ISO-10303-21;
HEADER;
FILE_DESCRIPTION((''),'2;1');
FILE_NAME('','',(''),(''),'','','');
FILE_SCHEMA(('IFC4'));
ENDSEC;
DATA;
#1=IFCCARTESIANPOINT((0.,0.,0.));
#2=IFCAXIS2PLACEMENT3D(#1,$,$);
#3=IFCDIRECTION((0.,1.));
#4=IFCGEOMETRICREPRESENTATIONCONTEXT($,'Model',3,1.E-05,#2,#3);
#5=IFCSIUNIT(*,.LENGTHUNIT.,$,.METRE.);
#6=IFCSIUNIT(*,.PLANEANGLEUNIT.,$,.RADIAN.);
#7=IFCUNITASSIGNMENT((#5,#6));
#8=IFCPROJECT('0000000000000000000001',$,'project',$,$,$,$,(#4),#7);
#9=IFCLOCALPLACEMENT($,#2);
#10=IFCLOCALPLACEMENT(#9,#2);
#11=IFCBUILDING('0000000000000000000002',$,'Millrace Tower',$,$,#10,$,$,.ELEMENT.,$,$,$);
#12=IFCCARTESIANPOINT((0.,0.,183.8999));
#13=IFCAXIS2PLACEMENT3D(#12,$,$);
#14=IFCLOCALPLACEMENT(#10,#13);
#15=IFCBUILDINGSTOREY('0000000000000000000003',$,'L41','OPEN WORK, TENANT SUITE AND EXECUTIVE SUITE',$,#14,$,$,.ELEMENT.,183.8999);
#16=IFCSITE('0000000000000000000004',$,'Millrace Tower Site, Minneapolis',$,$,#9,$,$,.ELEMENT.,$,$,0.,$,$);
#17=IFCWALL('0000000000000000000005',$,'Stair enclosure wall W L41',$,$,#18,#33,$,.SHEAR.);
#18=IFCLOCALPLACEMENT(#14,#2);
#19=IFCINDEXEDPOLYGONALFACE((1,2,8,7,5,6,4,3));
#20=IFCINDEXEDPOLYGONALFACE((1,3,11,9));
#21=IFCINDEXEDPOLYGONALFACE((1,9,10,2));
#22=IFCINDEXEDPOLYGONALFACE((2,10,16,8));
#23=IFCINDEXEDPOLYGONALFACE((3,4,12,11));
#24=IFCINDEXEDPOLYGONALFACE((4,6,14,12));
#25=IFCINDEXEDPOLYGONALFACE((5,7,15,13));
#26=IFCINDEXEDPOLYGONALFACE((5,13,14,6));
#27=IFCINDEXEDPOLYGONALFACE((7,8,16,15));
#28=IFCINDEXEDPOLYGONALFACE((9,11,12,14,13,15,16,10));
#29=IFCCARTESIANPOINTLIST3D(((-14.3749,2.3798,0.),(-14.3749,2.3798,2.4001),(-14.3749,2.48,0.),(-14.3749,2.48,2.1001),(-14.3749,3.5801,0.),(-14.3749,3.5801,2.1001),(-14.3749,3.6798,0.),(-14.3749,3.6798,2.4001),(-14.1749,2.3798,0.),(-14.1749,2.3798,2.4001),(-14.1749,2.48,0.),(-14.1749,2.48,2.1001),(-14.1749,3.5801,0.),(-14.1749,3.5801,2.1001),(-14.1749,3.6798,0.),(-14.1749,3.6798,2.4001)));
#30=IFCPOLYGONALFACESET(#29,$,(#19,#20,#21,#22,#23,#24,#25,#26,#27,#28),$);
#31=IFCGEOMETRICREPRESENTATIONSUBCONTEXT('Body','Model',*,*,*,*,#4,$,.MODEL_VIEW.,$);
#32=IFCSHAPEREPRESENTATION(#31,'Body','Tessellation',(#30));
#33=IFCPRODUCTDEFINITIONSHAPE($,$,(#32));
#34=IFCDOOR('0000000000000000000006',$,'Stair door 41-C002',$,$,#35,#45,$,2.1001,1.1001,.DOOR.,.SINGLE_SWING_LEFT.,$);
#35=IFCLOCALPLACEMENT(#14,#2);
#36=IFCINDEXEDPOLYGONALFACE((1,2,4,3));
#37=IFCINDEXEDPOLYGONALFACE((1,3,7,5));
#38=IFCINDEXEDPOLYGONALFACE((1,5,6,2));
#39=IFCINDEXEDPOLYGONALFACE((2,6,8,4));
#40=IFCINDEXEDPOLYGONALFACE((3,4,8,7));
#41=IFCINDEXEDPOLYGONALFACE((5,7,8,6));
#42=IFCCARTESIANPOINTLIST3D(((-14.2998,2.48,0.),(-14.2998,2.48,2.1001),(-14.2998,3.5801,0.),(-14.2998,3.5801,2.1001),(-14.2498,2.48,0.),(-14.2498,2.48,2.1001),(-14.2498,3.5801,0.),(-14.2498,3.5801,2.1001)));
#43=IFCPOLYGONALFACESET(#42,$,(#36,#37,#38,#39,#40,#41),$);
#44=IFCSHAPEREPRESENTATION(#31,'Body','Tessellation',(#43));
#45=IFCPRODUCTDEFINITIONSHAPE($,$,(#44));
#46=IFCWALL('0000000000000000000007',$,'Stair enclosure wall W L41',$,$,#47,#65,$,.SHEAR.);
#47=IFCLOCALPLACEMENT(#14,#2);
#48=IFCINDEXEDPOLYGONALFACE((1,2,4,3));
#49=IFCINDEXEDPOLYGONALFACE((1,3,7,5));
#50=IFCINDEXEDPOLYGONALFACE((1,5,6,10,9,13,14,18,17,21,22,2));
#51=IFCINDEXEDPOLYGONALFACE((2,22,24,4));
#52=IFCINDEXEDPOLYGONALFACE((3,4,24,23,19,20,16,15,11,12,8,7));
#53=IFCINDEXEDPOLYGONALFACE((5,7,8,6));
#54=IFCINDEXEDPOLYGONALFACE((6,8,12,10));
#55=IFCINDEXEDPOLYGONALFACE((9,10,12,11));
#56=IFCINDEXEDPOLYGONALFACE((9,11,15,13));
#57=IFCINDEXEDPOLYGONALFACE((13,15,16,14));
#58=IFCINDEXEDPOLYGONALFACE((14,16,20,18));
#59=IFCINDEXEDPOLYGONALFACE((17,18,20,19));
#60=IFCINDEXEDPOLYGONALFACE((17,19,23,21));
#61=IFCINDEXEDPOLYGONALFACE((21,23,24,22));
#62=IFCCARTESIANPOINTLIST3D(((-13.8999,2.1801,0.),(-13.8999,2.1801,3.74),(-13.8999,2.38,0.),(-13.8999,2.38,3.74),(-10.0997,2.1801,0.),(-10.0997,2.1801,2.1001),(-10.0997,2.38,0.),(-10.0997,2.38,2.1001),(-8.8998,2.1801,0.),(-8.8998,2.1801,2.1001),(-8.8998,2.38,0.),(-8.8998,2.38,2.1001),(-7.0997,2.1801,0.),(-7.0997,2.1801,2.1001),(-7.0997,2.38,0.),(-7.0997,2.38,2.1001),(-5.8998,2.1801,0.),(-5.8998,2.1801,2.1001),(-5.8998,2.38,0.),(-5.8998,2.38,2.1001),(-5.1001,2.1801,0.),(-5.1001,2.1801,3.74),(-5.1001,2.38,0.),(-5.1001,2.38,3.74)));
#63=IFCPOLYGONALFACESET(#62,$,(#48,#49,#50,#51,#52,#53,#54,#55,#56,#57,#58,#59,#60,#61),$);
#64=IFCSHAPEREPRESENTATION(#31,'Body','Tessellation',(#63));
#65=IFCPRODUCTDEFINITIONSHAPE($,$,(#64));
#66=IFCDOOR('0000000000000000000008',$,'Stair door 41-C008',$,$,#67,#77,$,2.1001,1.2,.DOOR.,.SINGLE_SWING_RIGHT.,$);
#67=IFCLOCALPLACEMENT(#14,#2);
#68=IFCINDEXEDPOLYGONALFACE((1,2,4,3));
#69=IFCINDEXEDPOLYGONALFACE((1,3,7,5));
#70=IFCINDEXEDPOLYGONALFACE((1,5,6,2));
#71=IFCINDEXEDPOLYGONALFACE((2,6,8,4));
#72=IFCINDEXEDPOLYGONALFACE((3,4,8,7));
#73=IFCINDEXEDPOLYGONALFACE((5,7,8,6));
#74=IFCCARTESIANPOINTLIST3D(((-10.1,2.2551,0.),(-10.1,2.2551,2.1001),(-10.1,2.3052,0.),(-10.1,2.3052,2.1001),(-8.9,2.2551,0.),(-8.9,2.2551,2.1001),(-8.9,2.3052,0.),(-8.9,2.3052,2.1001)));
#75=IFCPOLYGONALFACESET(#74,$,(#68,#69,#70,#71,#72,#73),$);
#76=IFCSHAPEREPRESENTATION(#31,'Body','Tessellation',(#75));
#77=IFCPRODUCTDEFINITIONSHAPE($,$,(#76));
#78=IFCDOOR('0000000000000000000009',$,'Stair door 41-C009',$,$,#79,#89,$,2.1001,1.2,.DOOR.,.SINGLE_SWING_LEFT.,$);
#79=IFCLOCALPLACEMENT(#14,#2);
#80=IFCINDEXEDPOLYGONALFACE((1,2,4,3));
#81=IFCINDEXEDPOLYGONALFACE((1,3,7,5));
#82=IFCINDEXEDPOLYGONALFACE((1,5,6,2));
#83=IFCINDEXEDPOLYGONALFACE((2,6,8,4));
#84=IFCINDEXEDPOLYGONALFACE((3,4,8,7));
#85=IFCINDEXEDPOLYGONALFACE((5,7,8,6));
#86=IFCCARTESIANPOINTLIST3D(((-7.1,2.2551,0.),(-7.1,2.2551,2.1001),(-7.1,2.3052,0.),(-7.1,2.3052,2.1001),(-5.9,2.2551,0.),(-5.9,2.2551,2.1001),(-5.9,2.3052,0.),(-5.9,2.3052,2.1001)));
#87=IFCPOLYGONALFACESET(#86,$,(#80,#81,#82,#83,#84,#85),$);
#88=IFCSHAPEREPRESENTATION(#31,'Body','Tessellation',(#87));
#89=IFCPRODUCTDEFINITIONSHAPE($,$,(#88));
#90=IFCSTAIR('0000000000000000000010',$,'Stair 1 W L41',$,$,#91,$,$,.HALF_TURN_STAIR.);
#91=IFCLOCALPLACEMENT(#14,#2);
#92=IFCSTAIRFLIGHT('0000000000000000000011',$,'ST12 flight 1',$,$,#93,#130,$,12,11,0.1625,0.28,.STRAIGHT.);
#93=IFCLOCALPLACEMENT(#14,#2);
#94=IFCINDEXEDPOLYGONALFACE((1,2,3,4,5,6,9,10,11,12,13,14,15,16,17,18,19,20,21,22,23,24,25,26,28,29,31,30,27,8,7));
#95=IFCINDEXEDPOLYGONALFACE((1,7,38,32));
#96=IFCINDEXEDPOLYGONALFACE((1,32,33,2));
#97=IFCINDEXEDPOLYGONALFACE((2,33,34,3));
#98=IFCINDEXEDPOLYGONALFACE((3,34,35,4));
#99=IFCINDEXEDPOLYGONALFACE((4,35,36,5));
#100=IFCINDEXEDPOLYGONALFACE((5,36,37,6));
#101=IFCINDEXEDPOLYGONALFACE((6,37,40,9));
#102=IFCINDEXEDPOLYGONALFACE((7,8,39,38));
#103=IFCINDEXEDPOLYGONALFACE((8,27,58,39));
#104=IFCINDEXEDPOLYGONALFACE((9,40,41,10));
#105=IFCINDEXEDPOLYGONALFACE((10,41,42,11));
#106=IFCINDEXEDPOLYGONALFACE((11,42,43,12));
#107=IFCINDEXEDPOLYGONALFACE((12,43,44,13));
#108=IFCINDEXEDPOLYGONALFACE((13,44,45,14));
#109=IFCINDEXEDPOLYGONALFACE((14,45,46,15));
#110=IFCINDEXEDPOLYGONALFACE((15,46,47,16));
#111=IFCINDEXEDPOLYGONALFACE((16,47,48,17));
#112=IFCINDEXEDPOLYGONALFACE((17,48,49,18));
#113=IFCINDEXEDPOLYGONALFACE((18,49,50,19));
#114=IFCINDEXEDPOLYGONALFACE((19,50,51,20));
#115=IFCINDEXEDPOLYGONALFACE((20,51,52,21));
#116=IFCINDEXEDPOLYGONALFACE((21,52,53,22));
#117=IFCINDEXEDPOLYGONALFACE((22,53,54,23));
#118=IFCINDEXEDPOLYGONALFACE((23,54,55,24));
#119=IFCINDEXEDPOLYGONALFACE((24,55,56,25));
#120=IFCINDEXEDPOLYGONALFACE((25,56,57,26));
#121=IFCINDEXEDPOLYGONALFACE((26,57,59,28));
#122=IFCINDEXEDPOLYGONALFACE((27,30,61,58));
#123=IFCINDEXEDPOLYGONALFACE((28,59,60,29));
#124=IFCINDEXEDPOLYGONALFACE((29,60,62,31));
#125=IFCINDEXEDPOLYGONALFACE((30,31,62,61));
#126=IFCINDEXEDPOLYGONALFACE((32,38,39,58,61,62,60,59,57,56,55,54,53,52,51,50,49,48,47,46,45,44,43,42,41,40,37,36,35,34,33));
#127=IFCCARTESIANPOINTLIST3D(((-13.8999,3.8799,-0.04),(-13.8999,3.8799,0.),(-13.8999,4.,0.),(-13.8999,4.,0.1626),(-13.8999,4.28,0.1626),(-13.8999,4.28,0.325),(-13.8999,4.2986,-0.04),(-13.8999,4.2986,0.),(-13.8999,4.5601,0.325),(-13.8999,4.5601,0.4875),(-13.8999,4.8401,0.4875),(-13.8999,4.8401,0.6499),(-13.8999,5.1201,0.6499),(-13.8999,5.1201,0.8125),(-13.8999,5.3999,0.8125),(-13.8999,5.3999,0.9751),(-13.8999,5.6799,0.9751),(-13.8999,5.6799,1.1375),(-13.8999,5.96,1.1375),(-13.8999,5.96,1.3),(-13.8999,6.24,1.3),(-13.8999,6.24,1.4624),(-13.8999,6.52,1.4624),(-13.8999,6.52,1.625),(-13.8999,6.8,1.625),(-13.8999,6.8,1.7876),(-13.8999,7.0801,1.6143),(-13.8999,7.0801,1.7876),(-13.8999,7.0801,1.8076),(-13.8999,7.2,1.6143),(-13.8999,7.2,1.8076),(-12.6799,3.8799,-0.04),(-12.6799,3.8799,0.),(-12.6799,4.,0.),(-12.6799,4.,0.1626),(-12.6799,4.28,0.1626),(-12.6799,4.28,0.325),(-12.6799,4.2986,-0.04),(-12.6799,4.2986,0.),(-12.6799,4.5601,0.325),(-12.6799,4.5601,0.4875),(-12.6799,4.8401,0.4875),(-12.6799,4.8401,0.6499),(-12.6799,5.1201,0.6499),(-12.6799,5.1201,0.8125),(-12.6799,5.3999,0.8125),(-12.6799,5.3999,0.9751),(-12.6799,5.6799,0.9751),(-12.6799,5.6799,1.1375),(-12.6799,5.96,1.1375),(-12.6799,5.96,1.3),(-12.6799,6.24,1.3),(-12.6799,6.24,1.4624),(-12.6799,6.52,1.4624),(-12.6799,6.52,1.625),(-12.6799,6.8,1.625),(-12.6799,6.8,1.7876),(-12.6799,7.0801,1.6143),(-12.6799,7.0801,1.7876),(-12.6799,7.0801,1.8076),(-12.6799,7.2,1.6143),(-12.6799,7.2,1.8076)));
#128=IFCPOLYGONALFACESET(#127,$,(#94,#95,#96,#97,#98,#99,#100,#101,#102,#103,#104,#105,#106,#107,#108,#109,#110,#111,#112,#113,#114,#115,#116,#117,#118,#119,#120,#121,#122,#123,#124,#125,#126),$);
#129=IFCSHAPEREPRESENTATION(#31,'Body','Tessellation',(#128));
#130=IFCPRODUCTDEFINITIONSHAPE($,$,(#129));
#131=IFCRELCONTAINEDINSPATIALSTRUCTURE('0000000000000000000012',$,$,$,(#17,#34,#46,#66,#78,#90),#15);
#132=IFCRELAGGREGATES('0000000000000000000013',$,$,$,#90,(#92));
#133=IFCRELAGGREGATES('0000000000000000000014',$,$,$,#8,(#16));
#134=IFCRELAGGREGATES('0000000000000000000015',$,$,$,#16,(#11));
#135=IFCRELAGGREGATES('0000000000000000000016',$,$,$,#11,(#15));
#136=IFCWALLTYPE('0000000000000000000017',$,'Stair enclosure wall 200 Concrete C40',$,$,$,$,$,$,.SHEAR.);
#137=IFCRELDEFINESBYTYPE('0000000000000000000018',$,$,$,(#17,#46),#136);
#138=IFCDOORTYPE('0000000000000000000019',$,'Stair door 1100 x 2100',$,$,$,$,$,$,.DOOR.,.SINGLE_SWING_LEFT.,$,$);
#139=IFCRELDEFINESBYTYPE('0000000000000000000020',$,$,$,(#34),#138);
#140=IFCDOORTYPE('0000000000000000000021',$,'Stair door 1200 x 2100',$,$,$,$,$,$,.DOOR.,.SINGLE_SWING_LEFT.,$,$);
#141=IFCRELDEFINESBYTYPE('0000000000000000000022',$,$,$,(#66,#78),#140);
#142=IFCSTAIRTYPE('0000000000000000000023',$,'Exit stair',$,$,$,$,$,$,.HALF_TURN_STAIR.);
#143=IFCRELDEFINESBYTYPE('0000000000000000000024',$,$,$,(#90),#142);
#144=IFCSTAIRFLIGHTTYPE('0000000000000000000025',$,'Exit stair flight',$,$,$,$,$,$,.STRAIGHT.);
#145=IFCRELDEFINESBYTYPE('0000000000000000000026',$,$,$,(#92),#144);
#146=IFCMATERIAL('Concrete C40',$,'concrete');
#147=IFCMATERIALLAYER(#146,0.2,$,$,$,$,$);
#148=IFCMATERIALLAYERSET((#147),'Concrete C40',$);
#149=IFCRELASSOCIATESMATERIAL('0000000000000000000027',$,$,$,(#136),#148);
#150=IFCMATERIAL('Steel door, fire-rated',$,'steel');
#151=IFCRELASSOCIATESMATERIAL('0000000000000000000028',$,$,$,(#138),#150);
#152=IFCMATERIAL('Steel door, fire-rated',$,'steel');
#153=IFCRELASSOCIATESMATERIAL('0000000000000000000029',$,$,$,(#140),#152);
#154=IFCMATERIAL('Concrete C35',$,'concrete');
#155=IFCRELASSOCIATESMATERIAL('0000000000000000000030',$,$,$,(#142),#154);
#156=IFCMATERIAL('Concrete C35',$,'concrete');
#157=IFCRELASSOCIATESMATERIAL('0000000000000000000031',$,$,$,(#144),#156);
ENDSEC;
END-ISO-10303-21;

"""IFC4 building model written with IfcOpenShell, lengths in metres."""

from ifc_helpers import new_model, si_unit, direction, frame, frame_2d, origin, place, context, subcontext, project, spatial, polyline, rectangle, outline, extrude, material, layer, layer_set, type_object, element, fill, aggregate, save


model = new_model("IFC4")

# Units and contexts
model_context = context("Model", 3, precision=1e-05, world=origin(), true_north=direction((0.0, 1.0)))
body_context = subcontext(model_context, "Body", "Model", "MODEL_VIEW")
ifc_project = project(units=[si_unit("LENGTHUNIT", "METRE"), si_unit("PLANEANGLEUNIT", "RADIAN")], contexts=[model_context])

# Site, building, storey
site_placement = place(None, origin())
site = spatial("IfcSite", under=ifc_project, at=site_placement, Name="Millrace Tower Site, Minneapolis", CompositionType="ELEMENT", RefElevation=0.0)
building_placement = place(site_placement, origin())
building = spatial("IfcBuilding", under=site, at=building_placement, Name="Millrace Tower", CompositionType="ELEMENT")
storey_placement = place(building_placement, frame((0.0, 0.0, 183.8999)))
storey = spatial("IfcBuildingStorey", under=building, at=storey_placement, Name="L41", Description="OPEN WORK, TENANT SUITE AND EXECUTIVE SUITE", CompositionType="ELEMENT", Elevation=183.8999)

# Shared definitions
placement = place(storey_placement, origin())

# Wall, opening, door
ifc_material_1 = material(Name="Concrete C40", Category="concrete")
ifc_layer_1 = layer(ifc_material_1, 0.2)
ifc_layer_set_1 = layer_set([ifc_layer_1], Name="Concrete C40")
wall_type_1 = type_object("IfcWallType", Name="Stair enclosure wall 200 Concrete C40", PredefinedType="SHEAR", material=ifc_layer_set_1)
wall_1_placement = place(storey_placement, frame((-14.2749, 2.3799, 0.0), z_axis=(0.0, 0.0, 1.0), x_axis=(0.0, 1.0, 0.0)))
wall_1 = element("IfcWall", 1, at=wall_1_placement, inside=storey, type_object=wall_type_1, Name="Stair enclosure wall W L41", PredefinedType="SHEAR", context=body_context, shape_type="SweptSolid", body=[
    extrude(rectangle(XDim=1.3, YDim=0.2, at=frame_2d((0.6499, 0.0))), origin(), (0.0, 0.0, 1.0), 2.4001),
])
opening_1_placement = place(wall_1_placement, frame((0.1001, 0.0, 0.0)))
opening_1 = element("IfcOpeningElement", 2, at=opening_1_placement, cuts=wall_1, PredefinedType="OPENING", context=body_context, shape_type="SweptSolid", body=[
    extrude(rectangle(XDim=1.1001, YDim=2.1001, at=frame_2d((0.55, 1.05))), frame((0.0, 0.1099, 0.0), z_axis=(0.0, -1.0, 0.0), x_axis=(1.0, 0.0, 0.0)), (0.0, 0.0, 1.0), 0.22),
])
ifc_material_2 = material(Name="Steel door, fire-rated", Category="steel")
door_type_1 = type_object("IfcDoorType", Name="Stair door 1100 x 2100", OperationType="SINGLE_SWING_LEFT", PredefinedType="DOOR", material=ifc_material_2)
door_1_placement = place(opening_1_placement, origin())
door_1 = element("IfcDoor", 3, at=door_1_placement, inside=storey, type_object=door_type_1, Name="Stair door 41-C002", OperationType="SINGLE_SWING_LEFT", OverallHeight=2.1001, OverallWidth=1.1001, PredefinedType="DOOR", context=body_context, shape_type="SweptSolid", body=[
    extrude(rectangle(XDim=1.1001, YDim=2.1001, at=frame_2d((0.55, 1.05))), frame((0.0, 0.0249, 0.0), z_axis=(0.0, -1.0, 0.0), x_axis=(1.0, 0.0, 0.0)), (0.0, 0.0, 1.0), 0.05),
])
fill(opening_1, door_1)

# Wall, openings, doors
wall_2_placement = place(storey_placement, frame((-13.8999, 2.28, 0.0), z_axis=(0.0, 0.0, 1.0), x_axis=(1.0, 0.0, 0.0)))
wall_2 = element("IfcWall", 4, at=wall_2_placement, inside=storey, type_object=wall_type_1, Name="Stair enclosure wall W L41", PredefinedType="SHEAR", context=body_context, shape_type="SweptSolid", body=[
    extrude(rectangle(XDim=8.7998, YDim=0.2, at=frame_2d((4.3999, 0.0))), origin(), (0.0, 0.0, 1.0), 3.74),
])
opening_2_placement = place(wall_2_placement, frame((3.8, 0.0, 0.0)))
opening_2 = element("IfcOpeningElement", 5, at=opening_2_placement, cuts=wall_2, PredefinedType="OPENING", context=body_context, shape_type="SweptSolid", body=[
    extrude(rectangle(XDim=1.2, YDim=2.1001, at=frame_2d((0.6001, 1.05))), frame((0.0, 0.1099, 0.0), z_axis=(0.0, -1.0, 0.0), x_axis=(1.0, 0.0, 0.0)), (0.0, 0.0, 1.0), 0.22),
])
opening_3_placement = place(wall_2_placement, frame((6.8, 0.0, 0.0)))
opening_3 = element("IfcOpeningElement", 6, at=opening_3_placement, cuts=wall_2, PredefinedType="OPENING", context=body_context, shape_type="SweptSolid", body=[
    extrude(rectangle(XDim=1.2, YDim=2.1001, at=frame_2d((0.6001, 1.05))), frame((0.0, 0.1099, 0.0), z_axis=(0.0, -1.0, 0.0), x_axis=(1.0, 0.0, 0.0)), (0.0, 0.0, 1.0), 0.22),
])
ifc_material_3 = material(Name="Steel door, fire-rated", Category="steel")
door_type_2 = type_object("IfcDoorType", Name="Stair door 1200 x 2100", OperationType="SINGLE_SWING_LEFT", PredefinedType="DOOR", material=ifc_material_3)
door_2_placement = place(opening_2_placement, frame((1.2, 0.0, 0.0), z_axis=(0.0, 0.0, 1.0), x_axis=(-1.0, 0.0, 0.0)))
door_2 = element("IfcDoor", 7, at=door_2_placement, inside=storey, type_object=door_type_2, Name="Stair door 41-C008", OperationType="SINGLE_SWING_RIGHT", OverallHeight=2.1001, OverallWidth=1.2, PredefinedType="DOOR", context=body_context, shape_type="SweptSolid", body=[
    extrude(rectangle(XDim=1.2, YDim=2.1001, at=frame_2d((0.6001, 1.05))), frame((0.0, 0.0249, 0.0), z_axis=(0.0, -1.0, 0.0), x_axis=(1.0, 0.0, 0.0)), (0.0, 0.0, 1.0), 0.05),
])
fill(opening_2, door_2)
door_3_placement = place(opening_3_placement, frame((1.2, 0.0, 0.0), z_axis=(0.0, 0.0, 1.0), x_axis=(-1.0, 0.0, 0.0)))
door_3 = element("IfcDoor", 8, at=door_3_placement, inside=storey, type_object=door_type_2, Name="Stair door 41-C009", OperationType="SINGLE_SWING_LEFT", OverallHeight=2.1001, OverallWidth=1.2, PredefinedType="DOOR", context=body_context, shape_type="SweptSolid", body=[
    extrude(rectangle(XDim=1.2, YDim=2.1001, at=frame_2d((0.6001, 1.05))), frame((0.0, 0.0249, 0.0), z_axis=(0.0, -1.0, 0.0), x_axis=(1.0, 0.0, 0.0)), (0.0, 0.0, 1.0), 0.05),
])
fill(opening_3, door_3)

# Stair, stair flight
ifc_material_4 = material(Name="Concrete C35", Category="concrete")
stair_type = type_object("IfcStairType", Name="Exit stair", PredefinedType="HALF_TURN_STAIR", material=ifc_material_4)
stair = element("IfcStair", 9, at=placement, inside=storey, type_object=stair_type, Name="Stair 1 W L41", PredefinedType="HALF_TURN_STAIR")
ifc_material_5 = material(Name="Concrete C35", Category="concrete")
stair_flight_type = type_object("IfcStairFlightType", Name="Exit stair flight", PredefinedType="STRAIGHT", material=ifc_material_5)
stair_flight_placement = place(storey_placement, frame((-13.29, 4.0, 0.0), z_axis=(0.0, 0.0, 1.0), x_axis=(0.0, 1.0, 0.0)))
stair_flight = element("IfcStairFlight", 10, at=stair_flight_placement, type_object=stair_flight_type, Name="ST12 flight 1", NumberOfRisers=12, NumberOfTreads=11, PredefinedType="STRAIGHT", RiserHeight=0.1625, TreadLength=0.28, context=body_context, shape_type="SweptSolid", body=[
    extrude(outline(polyline([(-0.1201, -0.04), (-0.1201, 0.0), (0.0, 0.0), (0.0, 0.1626), (0.28, 0.1626), (0.28, 0.325), (0.5601, 0.325), (0.5601, 0.4875), (0.8401, 0.4875), (0.8401, 0.6499), (1.1201, 0.6499), (1.1201, 0.8125), (1.3999, 0.8125), (1.3999, 0.9751), (1.6799, 0.9751), (1.6799, 1.1375), (1.96, 1.1375), (1.96, 1.3), (2.24, 1.3), (2.24, 1.4624), (2.52, 1.4624), (2.52, 1.625), (2.8, 1.625), (2.8, 1.7876), (3.0801, 1.7876), (3.0801, 1.8076), (3.2, 1.8076), (3.2, 1.6143), (3.0801, 1.6143), (0.2986, 0.0), (0.2986, -0.04), (-0.1201, -0.04)])), frame((0.0, 0.6099, 0.0), z_axis=(0.0, -1.0, 0.0), x_axis=(1.0, 0.0, 0.0)), (0.0, 0.0, 1.0), 1.22),
])
aggregate(stair, [stair_flight])

save(model, "model.ifc")
